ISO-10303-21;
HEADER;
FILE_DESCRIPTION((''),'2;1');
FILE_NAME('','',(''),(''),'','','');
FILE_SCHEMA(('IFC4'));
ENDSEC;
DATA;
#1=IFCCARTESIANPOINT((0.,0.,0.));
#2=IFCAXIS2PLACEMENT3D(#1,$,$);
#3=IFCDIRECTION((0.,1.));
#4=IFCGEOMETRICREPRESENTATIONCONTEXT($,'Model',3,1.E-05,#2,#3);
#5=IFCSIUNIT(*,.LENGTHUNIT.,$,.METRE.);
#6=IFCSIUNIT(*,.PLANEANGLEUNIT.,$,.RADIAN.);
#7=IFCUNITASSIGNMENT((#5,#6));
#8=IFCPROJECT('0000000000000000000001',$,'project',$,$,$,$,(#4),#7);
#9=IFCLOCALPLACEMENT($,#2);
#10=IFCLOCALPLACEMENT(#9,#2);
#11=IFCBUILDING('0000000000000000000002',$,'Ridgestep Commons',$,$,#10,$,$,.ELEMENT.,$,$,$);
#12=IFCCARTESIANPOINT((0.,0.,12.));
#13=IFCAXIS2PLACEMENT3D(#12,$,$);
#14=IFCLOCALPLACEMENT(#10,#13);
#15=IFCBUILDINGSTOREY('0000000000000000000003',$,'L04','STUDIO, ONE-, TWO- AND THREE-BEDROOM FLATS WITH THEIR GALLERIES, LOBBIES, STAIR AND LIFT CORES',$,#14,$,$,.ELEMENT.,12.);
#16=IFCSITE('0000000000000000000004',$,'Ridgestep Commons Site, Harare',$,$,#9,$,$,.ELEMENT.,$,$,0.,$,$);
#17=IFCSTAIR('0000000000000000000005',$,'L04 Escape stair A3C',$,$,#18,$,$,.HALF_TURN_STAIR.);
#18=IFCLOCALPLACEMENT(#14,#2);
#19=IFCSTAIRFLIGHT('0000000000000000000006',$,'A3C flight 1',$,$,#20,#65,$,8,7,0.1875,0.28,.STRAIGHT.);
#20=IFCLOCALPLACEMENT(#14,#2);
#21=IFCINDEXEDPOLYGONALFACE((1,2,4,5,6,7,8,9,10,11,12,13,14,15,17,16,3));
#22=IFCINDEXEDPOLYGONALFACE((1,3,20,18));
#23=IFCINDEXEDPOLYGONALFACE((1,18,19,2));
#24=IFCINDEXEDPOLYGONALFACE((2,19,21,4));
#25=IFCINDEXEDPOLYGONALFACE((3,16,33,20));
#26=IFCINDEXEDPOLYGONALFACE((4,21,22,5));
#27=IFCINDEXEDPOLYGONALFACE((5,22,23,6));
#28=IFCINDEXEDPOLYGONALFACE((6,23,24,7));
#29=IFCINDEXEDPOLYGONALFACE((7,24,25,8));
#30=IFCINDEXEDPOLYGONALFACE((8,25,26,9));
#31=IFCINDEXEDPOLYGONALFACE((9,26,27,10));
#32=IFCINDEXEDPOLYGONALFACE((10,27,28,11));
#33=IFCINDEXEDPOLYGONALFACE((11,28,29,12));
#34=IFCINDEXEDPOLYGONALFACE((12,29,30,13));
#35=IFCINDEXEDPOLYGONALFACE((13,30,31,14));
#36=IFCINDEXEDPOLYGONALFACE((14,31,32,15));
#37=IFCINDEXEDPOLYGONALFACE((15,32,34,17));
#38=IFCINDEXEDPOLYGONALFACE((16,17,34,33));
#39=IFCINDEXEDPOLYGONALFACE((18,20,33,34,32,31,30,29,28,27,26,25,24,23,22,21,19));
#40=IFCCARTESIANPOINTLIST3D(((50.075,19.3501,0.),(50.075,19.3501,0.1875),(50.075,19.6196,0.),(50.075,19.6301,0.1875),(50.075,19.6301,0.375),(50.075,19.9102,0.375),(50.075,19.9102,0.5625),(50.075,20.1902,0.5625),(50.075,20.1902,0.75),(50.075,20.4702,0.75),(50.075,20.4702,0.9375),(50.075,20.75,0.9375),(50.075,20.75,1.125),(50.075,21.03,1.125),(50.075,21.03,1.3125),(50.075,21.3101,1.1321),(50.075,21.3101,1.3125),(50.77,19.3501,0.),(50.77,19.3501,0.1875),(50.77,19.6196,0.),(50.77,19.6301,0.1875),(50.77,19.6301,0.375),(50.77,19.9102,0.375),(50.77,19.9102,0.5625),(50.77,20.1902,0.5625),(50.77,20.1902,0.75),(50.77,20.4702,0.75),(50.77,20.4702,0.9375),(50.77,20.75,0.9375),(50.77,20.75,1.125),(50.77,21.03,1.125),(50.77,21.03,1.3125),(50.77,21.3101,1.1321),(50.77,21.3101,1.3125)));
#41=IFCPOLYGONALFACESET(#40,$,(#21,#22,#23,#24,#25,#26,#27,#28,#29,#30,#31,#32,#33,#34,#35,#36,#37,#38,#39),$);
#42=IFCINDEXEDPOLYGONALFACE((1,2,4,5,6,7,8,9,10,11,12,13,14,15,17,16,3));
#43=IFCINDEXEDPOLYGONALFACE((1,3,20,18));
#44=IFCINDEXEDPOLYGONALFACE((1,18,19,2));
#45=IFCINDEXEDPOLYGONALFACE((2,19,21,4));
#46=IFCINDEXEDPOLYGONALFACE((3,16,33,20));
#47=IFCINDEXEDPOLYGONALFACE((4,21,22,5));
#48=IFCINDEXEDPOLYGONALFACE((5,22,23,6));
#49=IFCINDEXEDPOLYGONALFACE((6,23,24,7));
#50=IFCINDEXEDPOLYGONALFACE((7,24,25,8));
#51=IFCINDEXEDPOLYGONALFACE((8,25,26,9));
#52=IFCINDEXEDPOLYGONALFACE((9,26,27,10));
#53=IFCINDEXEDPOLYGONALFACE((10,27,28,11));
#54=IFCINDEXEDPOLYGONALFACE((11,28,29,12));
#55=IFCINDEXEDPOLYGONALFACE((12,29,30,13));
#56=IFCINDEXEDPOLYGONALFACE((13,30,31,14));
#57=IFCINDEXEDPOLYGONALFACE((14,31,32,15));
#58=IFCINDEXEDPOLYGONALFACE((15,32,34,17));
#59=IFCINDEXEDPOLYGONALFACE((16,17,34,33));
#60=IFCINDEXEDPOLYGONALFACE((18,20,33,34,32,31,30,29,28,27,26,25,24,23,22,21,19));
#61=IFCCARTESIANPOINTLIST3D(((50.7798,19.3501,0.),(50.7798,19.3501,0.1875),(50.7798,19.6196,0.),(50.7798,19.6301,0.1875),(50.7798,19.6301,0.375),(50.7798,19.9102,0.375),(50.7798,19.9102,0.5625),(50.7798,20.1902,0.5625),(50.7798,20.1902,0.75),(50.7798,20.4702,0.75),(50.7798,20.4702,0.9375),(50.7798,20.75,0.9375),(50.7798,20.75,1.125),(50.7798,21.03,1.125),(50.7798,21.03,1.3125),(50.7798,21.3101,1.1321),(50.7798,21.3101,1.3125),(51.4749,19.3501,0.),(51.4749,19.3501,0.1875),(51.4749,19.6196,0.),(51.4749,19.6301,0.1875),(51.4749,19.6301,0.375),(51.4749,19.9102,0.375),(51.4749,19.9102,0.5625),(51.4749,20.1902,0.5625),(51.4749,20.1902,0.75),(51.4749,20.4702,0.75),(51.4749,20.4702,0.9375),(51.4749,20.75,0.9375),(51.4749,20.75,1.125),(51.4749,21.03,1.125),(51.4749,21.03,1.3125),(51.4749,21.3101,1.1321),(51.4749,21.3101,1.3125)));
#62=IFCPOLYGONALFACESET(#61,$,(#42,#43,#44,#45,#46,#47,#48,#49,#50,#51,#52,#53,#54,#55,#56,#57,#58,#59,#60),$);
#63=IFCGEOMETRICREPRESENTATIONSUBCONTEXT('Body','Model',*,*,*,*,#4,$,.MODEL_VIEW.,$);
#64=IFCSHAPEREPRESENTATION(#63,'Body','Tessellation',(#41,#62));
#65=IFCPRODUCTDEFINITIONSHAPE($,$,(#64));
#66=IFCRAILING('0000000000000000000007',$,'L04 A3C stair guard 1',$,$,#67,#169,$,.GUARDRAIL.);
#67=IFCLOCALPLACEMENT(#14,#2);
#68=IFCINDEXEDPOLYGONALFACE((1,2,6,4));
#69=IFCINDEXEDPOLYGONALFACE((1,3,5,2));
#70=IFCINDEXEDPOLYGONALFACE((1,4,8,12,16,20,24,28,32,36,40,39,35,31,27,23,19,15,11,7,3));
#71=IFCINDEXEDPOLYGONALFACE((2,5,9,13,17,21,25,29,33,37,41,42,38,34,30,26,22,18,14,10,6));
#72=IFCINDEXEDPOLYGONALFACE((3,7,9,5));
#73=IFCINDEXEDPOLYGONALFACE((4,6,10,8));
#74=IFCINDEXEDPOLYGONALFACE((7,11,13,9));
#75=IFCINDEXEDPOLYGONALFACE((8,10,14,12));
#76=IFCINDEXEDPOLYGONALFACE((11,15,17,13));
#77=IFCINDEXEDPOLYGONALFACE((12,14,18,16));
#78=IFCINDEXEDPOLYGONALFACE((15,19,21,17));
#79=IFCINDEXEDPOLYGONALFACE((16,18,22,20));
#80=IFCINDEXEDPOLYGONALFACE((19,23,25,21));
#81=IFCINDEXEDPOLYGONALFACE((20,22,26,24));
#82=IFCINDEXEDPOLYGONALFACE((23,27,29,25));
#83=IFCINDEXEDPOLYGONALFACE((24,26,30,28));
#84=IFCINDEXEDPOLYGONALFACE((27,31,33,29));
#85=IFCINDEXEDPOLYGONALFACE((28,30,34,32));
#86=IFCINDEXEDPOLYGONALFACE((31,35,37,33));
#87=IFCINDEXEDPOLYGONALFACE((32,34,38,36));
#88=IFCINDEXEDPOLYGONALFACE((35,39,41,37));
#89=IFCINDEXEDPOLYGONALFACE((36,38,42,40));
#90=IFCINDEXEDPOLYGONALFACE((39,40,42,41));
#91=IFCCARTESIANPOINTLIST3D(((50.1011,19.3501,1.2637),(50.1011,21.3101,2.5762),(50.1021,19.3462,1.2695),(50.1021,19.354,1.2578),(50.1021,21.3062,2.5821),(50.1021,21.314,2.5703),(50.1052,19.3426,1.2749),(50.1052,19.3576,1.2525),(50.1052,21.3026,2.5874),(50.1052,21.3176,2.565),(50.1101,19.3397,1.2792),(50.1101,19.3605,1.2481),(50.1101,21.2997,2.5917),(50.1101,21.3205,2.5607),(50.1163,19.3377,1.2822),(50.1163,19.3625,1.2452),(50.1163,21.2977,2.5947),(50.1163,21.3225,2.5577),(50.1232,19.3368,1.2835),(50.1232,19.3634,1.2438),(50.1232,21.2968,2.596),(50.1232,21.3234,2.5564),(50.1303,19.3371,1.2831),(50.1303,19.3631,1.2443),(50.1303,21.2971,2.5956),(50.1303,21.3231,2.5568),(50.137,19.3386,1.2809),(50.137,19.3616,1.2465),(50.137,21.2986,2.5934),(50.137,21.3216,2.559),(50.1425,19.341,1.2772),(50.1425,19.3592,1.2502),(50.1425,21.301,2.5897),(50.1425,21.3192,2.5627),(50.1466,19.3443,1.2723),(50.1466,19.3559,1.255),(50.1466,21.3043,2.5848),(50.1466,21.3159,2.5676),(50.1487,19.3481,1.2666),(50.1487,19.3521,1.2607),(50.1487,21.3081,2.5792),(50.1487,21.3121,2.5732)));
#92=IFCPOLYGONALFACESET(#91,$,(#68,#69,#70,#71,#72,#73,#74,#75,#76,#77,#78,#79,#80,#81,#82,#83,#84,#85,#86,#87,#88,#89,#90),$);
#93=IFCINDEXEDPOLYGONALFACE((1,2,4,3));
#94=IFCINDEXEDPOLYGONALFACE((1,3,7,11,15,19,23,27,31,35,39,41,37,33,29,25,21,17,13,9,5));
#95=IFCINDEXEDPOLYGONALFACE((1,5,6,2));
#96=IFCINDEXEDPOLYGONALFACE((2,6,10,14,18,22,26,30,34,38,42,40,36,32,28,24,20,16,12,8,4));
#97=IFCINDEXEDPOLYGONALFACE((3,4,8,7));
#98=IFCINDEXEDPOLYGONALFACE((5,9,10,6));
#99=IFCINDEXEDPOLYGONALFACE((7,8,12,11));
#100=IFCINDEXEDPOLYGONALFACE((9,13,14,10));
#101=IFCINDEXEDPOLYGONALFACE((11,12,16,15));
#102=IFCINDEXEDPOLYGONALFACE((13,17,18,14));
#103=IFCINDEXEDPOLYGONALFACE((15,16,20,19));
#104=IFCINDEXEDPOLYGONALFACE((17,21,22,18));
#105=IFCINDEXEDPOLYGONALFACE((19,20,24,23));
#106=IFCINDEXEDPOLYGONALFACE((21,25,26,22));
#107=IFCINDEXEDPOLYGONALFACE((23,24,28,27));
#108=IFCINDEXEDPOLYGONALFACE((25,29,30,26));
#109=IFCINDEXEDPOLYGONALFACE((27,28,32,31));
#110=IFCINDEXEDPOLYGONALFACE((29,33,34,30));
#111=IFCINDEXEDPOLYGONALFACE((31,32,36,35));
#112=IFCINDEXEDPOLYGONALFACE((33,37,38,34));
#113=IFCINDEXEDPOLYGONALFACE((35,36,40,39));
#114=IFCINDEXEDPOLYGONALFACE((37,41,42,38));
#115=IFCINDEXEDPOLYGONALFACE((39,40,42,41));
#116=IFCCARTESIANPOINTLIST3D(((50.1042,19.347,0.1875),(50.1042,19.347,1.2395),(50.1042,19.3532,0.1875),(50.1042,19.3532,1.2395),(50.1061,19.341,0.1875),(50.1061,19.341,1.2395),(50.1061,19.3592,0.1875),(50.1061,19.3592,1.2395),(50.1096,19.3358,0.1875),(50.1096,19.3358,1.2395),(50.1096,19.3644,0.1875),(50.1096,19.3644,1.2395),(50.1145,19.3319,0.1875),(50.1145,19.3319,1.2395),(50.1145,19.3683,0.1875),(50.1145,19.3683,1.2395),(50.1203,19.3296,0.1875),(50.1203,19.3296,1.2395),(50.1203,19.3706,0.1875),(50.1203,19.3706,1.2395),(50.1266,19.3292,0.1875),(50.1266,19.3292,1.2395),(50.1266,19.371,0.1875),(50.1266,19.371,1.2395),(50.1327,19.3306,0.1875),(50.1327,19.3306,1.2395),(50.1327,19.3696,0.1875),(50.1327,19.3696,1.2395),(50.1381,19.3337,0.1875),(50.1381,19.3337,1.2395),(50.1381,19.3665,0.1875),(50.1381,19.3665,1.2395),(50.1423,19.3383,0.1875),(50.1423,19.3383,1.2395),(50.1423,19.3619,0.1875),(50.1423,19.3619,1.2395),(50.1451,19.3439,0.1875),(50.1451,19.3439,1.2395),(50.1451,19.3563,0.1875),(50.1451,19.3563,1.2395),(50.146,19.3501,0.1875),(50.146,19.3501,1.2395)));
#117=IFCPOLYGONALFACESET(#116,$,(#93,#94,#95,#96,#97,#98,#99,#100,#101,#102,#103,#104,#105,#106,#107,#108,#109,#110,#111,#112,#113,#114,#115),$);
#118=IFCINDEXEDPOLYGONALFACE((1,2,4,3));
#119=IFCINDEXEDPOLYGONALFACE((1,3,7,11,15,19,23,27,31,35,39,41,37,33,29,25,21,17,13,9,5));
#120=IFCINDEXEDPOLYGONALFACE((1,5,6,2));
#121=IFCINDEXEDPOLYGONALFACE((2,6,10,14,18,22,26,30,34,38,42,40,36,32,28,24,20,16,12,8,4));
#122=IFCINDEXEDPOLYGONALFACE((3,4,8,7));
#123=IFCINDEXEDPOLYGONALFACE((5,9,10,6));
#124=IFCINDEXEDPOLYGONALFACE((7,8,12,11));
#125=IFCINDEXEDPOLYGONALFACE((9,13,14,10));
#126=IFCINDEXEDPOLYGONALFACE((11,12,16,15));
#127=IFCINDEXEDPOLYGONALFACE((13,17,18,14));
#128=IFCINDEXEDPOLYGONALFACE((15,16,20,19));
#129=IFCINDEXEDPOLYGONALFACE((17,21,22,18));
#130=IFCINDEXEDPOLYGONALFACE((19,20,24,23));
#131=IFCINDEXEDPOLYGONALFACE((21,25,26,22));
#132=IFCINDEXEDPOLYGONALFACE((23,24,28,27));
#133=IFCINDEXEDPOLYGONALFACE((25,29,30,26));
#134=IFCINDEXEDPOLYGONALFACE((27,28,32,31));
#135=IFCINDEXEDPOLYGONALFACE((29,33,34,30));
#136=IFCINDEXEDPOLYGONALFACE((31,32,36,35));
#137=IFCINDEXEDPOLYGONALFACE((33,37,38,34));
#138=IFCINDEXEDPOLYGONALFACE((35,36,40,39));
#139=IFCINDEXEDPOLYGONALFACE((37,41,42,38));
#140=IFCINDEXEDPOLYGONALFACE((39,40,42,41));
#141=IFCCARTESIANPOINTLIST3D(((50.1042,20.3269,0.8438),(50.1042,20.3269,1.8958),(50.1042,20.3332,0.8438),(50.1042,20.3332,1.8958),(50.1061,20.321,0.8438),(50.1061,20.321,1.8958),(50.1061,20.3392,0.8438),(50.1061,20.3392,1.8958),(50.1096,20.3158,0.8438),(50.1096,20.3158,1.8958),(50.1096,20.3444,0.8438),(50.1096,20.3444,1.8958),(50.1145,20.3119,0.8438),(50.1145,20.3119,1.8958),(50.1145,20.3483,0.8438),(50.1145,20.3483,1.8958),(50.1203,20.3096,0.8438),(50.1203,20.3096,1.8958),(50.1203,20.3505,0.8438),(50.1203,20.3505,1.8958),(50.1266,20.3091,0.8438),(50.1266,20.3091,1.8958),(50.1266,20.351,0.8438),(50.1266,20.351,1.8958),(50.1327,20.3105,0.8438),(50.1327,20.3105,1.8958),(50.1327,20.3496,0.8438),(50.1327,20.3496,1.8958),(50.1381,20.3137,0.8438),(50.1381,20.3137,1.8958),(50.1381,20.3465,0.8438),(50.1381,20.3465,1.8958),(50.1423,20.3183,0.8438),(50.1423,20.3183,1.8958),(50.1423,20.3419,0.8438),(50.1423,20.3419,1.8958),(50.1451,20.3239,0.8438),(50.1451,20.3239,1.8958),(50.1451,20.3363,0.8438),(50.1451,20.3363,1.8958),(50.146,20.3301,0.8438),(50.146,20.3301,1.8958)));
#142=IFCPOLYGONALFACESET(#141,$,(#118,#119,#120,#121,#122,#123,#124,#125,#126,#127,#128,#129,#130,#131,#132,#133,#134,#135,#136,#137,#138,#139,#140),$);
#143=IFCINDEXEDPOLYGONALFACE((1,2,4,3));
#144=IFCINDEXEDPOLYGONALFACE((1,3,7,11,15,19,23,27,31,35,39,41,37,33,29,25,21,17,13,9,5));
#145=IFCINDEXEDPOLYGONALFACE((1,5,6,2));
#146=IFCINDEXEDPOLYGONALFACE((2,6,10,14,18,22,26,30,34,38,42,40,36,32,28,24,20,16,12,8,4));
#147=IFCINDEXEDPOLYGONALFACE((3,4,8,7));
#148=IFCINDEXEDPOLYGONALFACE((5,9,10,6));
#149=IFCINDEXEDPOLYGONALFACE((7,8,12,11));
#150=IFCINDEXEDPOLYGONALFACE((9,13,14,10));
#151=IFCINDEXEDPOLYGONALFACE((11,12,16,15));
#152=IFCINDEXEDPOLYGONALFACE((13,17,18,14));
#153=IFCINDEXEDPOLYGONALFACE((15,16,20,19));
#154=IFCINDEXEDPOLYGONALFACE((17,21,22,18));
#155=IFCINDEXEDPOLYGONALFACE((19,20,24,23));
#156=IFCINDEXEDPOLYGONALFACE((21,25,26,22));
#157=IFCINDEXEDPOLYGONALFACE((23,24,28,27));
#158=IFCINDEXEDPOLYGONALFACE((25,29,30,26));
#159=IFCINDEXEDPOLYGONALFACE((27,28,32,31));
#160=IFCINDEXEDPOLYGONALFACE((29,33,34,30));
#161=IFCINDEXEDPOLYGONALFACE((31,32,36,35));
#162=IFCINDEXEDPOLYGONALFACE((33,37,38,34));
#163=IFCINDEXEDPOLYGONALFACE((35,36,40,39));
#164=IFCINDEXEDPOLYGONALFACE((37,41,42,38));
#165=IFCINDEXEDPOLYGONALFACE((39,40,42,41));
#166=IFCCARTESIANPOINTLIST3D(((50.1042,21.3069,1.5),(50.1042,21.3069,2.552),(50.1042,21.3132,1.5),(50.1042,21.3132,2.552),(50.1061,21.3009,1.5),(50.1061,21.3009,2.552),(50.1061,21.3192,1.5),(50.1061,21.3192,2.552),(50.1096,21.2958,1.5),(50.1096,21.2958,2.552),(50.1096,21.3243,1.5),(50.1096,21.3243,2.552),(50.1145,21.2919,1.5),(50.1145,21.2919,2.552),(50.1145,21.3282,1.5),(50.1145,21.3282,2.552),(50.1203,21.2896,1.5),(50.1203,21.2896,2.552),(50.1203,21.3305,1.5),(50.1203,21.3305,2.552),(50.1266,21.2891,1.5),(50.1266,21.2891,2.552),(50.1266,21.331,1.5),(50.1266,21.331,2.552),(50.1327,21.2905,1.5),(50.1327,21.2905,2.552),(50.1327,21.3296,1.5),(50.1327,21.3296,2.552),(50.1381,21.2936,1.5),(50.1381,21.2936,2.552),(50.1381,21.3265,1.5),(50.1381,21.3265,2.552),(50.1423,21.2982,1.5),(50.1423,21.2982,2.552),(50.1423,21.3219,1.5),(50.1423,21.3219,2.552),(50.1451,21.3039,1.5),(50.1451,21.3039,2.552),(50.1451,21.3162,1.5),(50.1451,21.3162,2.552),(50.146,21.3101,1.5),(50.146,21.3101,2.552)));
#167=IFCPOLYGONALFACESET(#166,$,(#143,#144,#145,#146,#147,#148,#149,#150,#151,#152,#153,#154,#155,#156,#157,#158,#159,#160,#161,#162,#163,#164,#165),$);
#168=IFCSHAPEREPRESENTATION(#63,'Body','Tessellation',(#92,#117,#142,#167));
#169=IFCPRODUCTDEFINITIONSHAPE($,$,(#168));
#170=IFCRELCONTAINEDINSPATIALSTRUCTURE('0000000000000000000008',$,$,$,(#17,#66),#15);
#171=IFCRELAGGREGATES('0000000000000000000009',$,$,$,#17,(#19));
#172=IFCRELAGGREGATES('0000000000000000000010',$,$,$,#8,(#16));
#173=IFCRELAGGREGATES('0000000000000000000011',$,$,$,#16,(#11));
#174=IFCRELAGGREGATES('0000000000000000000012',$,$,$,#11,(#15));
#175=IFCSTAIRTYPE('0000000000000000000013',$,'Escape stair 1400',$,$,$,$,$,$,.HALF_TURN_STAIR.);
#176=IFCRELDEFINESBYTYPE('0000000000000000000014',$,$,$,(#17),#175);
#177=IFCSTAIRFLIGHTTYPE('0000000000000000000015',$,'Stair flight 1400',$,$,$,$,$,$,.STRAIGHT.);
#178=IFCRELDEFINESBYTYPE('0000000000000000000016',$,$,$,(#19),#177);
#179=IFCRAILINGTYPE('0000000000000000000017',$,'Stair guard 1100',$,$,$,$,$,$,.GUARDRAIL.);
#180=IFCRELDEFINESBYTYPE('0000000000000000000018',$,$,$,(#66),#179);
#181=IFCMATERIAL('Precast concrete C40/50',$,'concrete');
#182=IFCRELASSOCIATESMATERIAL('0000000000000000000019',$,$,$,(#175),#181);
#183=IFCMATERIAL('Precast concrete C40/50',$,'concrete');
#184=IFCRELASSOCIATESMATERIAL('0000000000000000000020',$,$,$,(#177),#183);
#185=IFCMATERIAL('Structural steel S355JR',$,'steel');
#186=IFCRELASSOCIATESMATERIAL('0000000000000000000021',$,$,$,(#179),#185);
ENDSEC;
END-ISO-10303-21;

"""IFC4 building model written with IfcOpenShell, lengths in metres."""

from ifc_helpers import new_model, si_unit, direction, frame, origin, origin_2d, place, context, subcontext, project, spatial, polyline, circle, outline, extrude, material, type_object, element, aggregate, save


model = new_model("IFC4")

# Units and contexts
model_context = context("Model", 3, precision=1e-05, world=origin(), true_north=direction((0.0, 1.0)))
body_context = subcontext(model_context, "Body", "Model", "MODEL_VIEW")
ifc_project = project(units=[si_unit("LENGTHUNIT", "METRE"), si_unit("PLANEANGLEUNIT", "RADIAN")], contexts=[model_context])

# Site, building, storey
site_placement = place(None, origin())
site = spatial("IfcSite", under=ifc_project, at=site_placement, Name="Ridgestep Commons Site, Harare", CompositionType="ELEMENT", RefElevation=0.0)
building_placement = place(site_placement, origin())
building = spatial("IfcBuilding", under=site, at=building_placement, Name="Ridgestep Commons", CompositionType="ELEMENT")
storey_placement = place(building_placement, frame((0.0, 0.0, 12.0)))
storey = spatial("IfcBuildingStorey", under=building, at=storey_placement, Name="L04", Description="STUDIO, ONE-, TWO- AND THREE-BEDROOM FLATS WITH THEIR GALLERIES, LOBBIES, STAIR AND LIFT CORES", CompositionType="ELEMENT", Elevation=12.0)

# Stair, stair flight
ifc_material_1 = material(Name="Precast concrete C40/50", Category="concrete")
stair_type = type_object("IfcStairType", Name="Escape stair 1400", PredefinedType="HALF_TURN_STAIR", material=ifc_material_1)
stair_placement = place(storey_placement, origin())
stair = element("IfcStair", 1, at=stair_placement, inside=storey, type_object=stair_type, Name="L04 Escape stair A3C", PredefinedType="HALF_TURN_STAIR")
ifc_material_2 = material(Name="Precast concrete C40/50", Category="concrete")
stair_flight_type = type_object("IfcStairFlightType", Name="Stair flight 1400", PredefinedType="STRAIGHT", material=ifc_material_2)
stair_flight_placement = place(storey_placement, frame((50.7749, 19.3501, 0.0), z_axis=(0.0, 0.0, 1.0), x_axis=(0.0, 1.0, 0.0)))
stair_flight = element("IfcStairFlight", 2, at=stair_flight_placement, type_object=stair_flight_type, Name="A3C flight 1", NumberOfRisers=8, NumberOfTreads=7, PredefinedType="STRAIGHT", RiserHeight=0.1875, TreadLength=0.28, context=body_context, shape_type="SweptSolid", body=[
    extrude(outline(polyline([(0.0, 0.0), (0.0, 0.1875), (0.28, 0.1875), (0.28, 0.375), (0.5601, 0.375), (0.5601, 0.5625), (0.8401, 0.5625), (0.8401, 0.75), (1.1201, 0.75), (1.1201, 0.9375), (1.3999, 0.9375), (1.3999, 1.125), (1.6799, 1.125), (1.6799, 1.3125), (1.96, 1.3125), (1.96, 1.5), (1.96, 1.1321), (0.2695, 0.0), (0.0, 0.0)])), frame((0.0, 0.7, 0.0), z_axis=(0.0, -1.0, 0.0), x_axis=(1.0, 0.0, 0.0)), (0.0, 0.0, 1.0), 0.6951),
    extrude(outline(polyline([(0.0, 0.0), (0.0, 0.1875), (0.28, 0.1875), (0.28, 0.375), (0.5601, 0.375), (0.5601, 0.5625), (0.8401, 0.5625), (0.8401, 0.75), (1.1201, 0.75), (1.1201, 0.9375), (1.3999, 0.9375), (1.3999, 1.125), (1.6799, 1.125), (1.6799, 1.3125), (1.96, 1.3125), (1.96, 1.5), (1.96, 1.1321), (0.2695, 0.0), (0.0, 0.0)])), frame((0.0, -0.0049, 0.0), z_axis=(0.0, -1.0, 0.0), x_axis=(1.0, 0.0, 0.0)), (0.0, 0.0, 1.0), 0.6951),
])
aggregate(stair, [stair_flight])

# Railing
ifc_material_3 = material(Name="Structural steel S355JR", Category="steel")
railing_type_1 = type_object("IfcRailingType", Name="Stair guard 1100", PredefinedType="GUARDRAIL", material=ifc_material_3)
railing_1_placement = place(storey_placement, frame((50.125, 19.3501, 0.1875)))
element("IfcRailing", 3, at=railing_1_placement, inside=storey, type_object=railing_type_1, Name="L04 A3C stair guard 1", PredefinedType="GUARDRAIL", context=body_context, shape_type="SweptSolid", body=[
    extrude(circle(Radius=0.0239, at=origin_2d()), frame((0.0, 0.0, 1.0762), z_axis=(0.0, 0.830902, 0.556419), x_axis=(-1.0, 0.0, 0.0)), (0.0, 0.0, 1.0), 2.3589),
    extrude(circle(Radius=0.021, at=origin_2d()), origin(), (0.0, 0.0, 1.0), 1.052),
    extrude(circle(Radius=0.021, at=origin_2d()), frame((0.0, 0.98, 0.6562)), (0.0, 0.0, 1.0), 1.052),
    extrude(circle(Radius=0.021, at=origin_2d()), frame((0.0, 1.96, 1.3125)), (0.0, 0.0, 1.0), 1.052),
])

save(model, "model.ifc")
